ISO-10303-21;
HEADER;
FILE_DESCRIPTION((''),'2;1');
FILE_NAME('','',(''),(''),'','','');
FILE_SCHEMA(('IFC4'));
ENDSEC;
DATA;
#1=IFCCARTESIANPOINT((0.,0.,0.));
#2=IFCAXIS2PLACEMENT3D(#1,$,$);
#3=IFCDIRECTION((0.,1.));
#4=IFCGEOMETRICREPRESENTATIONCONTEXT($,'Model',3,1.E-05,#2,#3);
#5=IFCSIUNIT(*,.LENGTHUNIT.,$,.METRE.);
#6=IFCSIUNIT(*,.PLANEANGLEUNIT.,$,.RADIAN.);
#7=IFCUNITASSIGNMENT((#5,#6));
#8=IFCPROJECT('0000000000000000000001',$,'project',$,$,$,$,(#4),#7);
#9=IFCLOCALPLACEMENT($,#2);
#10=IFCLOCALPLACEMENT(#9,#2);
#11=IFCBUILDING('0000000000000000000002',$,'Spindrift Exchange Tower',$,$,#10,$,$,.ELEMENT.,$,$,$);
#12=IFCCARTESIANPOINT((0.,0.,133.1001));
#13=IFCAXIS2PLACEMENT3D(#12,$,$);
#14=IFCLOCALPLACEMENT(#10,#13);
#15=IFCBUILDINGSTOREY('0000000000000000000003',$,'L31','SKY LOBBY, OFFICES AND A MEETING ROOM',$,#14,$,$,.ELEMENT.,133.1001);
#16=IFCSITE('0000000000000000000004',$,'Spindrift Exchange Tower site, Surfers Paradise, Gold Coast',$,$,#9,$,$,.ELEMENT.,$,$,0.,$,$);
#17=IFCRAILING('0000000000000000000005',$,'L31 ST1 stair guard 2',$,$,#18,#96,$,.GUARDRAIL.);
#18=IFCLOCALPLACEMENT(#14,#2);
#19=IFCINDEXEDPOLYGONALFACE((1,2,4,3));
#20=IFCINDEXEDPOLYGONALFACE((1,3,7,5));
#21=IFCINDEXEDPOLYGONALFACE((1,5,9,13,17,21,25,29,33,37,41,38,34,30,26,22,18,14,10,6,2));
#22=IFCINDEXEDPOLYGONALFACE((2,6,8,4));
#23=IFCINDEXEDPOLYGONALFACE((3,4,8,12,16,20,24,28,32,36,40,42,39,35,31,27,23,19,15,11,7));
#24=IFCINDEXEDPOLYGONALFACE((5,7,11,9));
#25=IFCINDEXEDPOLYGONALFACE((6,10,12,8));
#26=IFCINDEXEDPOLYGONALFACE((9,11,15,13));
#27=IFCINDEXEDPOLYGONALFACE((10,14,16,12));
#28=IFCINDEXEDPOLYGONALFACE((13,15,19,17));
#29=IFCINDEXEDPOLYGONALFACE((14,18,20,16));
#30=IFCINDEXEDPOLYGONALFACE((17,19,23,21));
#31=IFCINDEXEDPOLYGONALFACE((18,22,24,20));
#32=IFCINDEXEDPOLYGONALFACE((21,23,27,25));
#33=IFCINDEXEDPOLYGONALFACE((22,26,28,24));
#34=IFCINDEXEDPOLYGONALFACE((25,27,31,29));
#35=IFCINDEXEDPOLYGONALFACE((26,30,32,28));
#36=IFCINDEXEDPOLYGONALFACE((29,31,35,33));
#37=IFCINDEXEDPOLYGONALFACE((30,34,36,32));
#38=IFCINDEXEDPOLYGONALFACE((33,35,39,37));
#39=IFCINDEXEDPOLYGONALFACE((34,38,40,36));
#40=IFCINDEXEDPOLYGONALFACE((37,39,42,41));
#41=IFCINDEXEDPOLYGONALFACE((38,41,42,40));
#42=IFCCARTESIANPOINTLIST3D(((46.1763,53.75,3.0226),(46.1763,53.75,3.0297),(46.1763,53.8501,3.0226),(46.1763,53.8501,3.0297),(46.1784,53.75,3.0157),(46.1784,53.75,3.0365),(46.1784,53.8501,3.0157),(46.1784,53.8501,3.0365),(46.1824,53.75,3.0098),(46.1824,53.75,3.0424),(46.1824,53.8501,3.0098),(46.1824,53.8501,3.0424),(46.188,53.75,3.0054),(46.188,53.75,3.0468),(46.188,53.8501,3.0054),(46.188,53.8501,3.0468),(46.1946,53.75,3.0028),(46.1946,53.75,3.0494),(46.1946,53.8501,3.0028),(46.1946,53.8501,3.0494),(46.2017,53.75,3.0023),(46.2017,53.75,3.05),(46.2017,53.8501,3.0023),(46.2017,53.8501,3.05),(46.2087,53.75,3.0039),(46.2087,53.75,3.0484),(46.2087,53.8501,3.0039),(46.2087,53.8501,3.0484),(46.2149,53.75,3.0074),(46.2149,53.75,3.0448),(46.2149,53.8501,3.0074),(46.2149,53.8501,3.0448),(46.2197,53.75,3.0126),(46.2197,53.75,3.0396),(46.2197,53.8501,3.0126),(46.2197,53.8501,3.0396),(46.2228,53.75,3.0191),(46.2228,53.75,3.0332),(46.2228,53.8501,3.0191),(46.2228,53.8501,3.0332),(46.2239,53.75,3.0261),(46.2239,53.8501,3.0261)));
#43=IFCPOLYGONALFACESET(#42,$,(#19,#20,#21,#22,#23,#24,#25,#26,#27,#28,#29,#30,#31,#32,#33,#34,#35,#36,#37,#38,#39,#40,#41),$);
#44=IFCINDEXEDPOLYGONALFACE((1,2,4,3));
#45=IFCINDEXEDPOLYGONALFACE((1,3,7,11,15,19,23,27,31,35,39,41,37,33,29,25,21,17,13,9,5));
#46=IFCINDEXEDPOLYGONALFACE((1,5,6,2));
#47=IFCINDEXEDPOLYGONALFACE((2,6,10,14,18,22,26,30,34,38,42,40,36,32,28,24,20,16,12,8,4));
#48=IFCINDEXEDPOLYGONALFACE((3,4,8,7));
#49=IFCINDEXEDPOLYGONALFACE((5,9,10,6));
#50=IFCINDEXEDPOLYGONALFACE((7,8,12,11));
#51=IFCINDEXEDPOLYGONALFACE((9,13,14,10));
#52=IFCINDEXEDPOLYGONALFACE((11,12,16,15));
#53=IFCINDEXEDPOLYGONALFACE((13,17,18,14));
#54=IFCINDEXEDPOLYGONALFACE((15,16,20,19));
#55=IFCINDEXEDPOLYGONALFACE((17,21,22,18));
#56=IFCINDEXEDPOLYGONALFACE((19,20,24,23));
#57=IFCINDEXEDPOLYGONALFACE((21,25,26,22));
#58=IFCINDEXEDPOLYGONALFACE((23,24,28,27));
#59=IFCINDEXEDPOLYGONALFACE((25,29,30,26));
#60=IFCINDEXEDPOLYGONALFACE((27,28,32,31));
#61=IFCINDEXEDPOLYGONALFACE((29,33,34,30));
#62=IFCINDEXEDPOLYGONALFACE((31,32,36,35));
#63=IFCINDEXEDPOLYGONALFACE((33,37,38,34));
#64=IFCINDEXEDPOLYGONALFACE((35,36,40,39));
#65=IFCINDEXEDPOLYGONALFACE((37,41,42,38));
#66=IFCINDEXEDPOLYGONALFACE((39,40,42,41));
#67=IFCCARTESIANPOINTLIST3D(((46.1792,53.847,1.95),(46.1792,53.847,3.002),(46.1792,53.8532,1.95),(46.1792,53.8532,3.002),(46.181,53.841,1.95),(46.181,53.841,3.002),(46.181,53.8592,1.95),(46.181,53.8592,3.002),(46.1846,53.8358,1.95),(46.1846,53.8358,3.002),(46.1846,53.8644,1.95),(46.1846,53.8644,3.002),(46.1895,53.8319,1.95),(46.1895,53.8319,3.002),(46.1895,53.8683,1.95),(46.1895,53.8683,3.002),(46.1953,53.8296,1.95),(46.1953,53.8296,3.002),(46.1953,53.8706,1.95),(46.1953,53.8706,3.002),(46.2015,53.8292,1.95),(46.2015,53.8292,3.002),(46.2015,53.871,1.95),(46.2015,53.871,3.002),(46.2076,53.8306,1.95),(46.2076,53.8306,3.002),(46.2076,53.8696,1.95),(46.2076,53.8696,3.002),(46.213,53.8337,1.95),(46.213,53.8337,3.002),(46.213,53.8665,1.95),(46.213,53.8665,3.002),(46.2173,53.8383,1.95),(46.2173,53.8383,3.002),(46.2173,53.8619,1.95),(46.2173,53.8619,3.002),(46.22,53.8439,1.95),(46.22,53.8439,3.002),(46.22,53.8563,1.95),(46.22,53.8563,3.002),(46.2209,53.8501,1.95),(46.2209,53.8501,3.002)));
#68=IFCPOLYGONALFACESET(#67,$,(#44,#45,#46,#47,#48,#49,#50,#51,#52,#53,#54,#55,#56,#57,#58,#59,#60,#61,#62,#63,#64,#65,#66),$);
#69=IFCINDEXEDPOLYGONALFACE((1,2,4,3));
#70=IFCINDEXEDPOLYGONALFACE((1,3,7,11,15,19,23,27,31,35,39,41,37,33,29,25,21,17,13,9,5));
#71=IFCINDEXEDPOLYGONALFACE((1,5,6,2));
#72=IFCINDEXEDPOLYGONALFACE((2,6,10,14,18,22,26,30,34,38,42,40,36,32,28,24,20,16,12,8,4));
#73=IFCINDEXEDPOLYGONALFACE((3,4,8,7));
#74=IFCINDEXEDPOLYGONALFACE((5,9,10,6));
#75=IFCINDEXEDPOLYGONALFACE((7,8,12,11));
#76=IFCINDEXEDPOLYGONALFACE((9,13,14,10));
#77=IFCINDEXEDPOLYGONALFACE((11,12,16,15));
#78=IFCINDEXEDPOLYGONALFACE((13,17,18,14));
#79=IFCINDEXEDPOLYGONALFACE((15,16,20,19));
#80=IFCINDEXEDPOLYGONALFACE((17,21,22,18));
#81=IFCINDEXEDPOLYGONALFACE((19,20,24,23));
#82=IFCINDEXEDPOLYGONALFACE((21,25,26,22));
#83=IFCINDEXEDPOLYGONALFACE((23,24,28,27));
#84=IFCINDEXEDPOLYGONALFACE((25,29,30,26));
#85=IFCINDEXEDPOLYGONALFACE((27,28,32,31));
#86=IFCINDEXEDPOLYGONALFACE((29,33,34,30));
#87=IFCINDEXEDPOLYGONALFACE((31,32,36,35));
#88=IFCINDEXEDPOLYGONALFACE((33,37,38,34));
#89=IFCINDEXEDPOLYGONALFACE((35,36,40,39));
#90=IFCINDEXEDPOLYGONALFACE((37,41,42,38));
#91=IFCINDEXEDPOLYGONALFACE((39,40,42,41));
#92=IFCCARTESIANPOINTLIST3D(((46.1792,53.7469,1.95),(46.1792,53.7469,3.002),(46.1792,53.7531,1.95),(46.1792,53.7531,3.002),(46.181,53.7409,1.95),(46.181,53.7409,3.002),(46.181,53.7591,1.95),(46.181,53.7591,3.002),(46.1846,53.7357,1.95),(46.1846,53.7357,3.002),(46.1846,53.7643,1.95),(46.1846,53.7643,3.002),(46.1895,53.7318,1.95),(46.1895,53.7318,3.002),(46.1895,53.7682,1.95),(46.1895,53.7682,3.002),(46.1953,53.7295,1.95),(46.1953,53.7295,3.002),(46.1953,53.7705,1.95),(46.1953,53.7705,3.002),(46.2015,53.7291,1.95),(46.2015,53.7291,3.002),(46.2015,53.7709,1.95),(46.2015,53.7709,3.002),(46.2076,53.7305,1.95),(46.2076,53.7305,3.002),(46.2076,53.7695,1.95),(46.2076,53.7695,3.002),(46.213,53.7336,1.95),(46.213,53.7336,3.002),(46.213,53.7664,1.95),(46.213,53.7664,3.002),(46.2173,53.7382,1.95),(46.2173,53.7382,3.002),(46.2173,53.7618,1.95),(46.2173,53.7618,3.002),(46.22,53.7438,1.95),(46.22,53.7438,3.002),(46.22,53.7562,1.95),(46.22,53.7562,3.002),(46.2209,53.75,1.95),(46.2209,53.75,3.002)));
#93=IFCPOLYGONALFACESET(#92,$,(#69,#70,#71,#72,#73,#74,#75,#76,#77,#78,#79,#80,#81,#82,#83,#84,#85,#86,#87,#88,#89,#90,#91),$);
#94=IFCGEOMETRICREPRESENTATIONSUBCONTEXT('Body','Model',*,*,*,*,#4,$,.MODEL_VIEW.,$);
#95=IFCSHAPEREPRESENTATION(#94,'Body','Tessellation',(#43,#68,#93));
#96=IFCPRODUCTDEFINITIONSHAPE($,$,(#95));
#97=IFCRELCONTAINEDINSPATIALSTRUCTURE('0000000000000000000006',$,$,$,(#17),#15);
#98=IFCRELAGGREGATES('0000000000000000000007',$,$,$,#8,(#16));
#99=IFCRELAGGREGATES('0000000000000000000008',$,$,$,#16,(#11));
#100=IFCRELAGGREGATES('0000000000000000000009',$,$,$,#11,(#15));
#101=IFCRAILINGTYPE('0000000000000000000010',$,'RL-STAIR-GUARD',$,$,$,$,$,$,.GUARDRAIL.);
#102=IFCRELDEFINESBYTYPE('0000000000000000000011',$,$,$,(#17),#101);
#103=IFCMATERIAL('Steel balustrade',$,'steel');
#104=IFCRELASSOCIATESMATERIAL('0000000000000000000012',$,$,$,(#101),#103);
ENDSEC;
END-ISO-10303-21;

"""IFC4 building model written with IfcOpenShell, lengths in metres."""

from ifc_helpers import new_model, si_unit, direction, frame, origin, origin_2d, place, context, subcontext, project, spatial, circle, extrude, material, type_object, element, save


model = new_model("IFC4")

# Units and contexts
model_context = context("Model", 3, precision=1e-05, world=origin(), true_north=direction((0.0, 1.0)))
body_context = subcontext(model_context, "Body", "Model", "MODEL_VIEW")
ifc_project = project(units=[si_unit("LENGTHUNIT", "METRE"), si_unit("PLANEANGLEUNIT", "RADIAN")], contexts=[model_context])

# Site, building, storey
site_placement = place(None, origin())
site = spatial("IfcSite", under=ifc_project, at=site_placement, Name="Spindrift Exchange Tower site, Surfers Paradise, Gold Coast", CompositionType="ELEMENT", RefElevation=0.0)
building_placement = place(site_placement, origin())
building = spatial("IfcBuilding", under=site, at=building_placement, Name="Spindrift Exchange Tower", CompositionType="ELEMENT")
storey_placement = place(building_placement, frame((0.0, 0.0, 133.1001)))
storey = spatial("IfcBuildingStorey", under=building, at=storey_placement, Name="L31", Description="SKY LOBBY, OFFICES AND A MEETING ROOM", CompositionType="ELEMENT", Elevation=133.1001)

# Railing
ifc_material_1 = material(Name="Steel balustrade", Category="steel")
railing_type_1 = type_object("IfcRailingType", Name="RL-STAIR-GUARD", PredefinedType="GUARDRAIL", material=ifc_material_1)
railing_1_placement = place(storey_placement, frame((46.2, 53.8501, 1.95)))
element("IfcRailing", 1, at=railing_1_placement, inside=storey, type_object=railing_type_1, Name="L31 ST1 stair guard 2", PredefinedType="GUARDRAIL", context=body_context, shape_type="SweptSolid", body=[
    extrude(circle(Radius=0.0239, at=origin_2d()), frame((0.0, 0.0, 1.0762), z_axis=(0.0, -1.0, 0.0), x_axis=(1.0, 0.0, 0.0)), (0.0, 0.0, 1.0), 0.1001),
    extrude(circle(Radius=0.021, at=origin_2d()), origin(), (0.0, 0.0, 1.0), 1.052),
    extrude(circle(Radius=0.021, at=origin_2d()), frame((0.0, -0.1001, 0.0)), (0.0, 0.0, 1.0), 1.052),
])

save(model, "model.ifc")
